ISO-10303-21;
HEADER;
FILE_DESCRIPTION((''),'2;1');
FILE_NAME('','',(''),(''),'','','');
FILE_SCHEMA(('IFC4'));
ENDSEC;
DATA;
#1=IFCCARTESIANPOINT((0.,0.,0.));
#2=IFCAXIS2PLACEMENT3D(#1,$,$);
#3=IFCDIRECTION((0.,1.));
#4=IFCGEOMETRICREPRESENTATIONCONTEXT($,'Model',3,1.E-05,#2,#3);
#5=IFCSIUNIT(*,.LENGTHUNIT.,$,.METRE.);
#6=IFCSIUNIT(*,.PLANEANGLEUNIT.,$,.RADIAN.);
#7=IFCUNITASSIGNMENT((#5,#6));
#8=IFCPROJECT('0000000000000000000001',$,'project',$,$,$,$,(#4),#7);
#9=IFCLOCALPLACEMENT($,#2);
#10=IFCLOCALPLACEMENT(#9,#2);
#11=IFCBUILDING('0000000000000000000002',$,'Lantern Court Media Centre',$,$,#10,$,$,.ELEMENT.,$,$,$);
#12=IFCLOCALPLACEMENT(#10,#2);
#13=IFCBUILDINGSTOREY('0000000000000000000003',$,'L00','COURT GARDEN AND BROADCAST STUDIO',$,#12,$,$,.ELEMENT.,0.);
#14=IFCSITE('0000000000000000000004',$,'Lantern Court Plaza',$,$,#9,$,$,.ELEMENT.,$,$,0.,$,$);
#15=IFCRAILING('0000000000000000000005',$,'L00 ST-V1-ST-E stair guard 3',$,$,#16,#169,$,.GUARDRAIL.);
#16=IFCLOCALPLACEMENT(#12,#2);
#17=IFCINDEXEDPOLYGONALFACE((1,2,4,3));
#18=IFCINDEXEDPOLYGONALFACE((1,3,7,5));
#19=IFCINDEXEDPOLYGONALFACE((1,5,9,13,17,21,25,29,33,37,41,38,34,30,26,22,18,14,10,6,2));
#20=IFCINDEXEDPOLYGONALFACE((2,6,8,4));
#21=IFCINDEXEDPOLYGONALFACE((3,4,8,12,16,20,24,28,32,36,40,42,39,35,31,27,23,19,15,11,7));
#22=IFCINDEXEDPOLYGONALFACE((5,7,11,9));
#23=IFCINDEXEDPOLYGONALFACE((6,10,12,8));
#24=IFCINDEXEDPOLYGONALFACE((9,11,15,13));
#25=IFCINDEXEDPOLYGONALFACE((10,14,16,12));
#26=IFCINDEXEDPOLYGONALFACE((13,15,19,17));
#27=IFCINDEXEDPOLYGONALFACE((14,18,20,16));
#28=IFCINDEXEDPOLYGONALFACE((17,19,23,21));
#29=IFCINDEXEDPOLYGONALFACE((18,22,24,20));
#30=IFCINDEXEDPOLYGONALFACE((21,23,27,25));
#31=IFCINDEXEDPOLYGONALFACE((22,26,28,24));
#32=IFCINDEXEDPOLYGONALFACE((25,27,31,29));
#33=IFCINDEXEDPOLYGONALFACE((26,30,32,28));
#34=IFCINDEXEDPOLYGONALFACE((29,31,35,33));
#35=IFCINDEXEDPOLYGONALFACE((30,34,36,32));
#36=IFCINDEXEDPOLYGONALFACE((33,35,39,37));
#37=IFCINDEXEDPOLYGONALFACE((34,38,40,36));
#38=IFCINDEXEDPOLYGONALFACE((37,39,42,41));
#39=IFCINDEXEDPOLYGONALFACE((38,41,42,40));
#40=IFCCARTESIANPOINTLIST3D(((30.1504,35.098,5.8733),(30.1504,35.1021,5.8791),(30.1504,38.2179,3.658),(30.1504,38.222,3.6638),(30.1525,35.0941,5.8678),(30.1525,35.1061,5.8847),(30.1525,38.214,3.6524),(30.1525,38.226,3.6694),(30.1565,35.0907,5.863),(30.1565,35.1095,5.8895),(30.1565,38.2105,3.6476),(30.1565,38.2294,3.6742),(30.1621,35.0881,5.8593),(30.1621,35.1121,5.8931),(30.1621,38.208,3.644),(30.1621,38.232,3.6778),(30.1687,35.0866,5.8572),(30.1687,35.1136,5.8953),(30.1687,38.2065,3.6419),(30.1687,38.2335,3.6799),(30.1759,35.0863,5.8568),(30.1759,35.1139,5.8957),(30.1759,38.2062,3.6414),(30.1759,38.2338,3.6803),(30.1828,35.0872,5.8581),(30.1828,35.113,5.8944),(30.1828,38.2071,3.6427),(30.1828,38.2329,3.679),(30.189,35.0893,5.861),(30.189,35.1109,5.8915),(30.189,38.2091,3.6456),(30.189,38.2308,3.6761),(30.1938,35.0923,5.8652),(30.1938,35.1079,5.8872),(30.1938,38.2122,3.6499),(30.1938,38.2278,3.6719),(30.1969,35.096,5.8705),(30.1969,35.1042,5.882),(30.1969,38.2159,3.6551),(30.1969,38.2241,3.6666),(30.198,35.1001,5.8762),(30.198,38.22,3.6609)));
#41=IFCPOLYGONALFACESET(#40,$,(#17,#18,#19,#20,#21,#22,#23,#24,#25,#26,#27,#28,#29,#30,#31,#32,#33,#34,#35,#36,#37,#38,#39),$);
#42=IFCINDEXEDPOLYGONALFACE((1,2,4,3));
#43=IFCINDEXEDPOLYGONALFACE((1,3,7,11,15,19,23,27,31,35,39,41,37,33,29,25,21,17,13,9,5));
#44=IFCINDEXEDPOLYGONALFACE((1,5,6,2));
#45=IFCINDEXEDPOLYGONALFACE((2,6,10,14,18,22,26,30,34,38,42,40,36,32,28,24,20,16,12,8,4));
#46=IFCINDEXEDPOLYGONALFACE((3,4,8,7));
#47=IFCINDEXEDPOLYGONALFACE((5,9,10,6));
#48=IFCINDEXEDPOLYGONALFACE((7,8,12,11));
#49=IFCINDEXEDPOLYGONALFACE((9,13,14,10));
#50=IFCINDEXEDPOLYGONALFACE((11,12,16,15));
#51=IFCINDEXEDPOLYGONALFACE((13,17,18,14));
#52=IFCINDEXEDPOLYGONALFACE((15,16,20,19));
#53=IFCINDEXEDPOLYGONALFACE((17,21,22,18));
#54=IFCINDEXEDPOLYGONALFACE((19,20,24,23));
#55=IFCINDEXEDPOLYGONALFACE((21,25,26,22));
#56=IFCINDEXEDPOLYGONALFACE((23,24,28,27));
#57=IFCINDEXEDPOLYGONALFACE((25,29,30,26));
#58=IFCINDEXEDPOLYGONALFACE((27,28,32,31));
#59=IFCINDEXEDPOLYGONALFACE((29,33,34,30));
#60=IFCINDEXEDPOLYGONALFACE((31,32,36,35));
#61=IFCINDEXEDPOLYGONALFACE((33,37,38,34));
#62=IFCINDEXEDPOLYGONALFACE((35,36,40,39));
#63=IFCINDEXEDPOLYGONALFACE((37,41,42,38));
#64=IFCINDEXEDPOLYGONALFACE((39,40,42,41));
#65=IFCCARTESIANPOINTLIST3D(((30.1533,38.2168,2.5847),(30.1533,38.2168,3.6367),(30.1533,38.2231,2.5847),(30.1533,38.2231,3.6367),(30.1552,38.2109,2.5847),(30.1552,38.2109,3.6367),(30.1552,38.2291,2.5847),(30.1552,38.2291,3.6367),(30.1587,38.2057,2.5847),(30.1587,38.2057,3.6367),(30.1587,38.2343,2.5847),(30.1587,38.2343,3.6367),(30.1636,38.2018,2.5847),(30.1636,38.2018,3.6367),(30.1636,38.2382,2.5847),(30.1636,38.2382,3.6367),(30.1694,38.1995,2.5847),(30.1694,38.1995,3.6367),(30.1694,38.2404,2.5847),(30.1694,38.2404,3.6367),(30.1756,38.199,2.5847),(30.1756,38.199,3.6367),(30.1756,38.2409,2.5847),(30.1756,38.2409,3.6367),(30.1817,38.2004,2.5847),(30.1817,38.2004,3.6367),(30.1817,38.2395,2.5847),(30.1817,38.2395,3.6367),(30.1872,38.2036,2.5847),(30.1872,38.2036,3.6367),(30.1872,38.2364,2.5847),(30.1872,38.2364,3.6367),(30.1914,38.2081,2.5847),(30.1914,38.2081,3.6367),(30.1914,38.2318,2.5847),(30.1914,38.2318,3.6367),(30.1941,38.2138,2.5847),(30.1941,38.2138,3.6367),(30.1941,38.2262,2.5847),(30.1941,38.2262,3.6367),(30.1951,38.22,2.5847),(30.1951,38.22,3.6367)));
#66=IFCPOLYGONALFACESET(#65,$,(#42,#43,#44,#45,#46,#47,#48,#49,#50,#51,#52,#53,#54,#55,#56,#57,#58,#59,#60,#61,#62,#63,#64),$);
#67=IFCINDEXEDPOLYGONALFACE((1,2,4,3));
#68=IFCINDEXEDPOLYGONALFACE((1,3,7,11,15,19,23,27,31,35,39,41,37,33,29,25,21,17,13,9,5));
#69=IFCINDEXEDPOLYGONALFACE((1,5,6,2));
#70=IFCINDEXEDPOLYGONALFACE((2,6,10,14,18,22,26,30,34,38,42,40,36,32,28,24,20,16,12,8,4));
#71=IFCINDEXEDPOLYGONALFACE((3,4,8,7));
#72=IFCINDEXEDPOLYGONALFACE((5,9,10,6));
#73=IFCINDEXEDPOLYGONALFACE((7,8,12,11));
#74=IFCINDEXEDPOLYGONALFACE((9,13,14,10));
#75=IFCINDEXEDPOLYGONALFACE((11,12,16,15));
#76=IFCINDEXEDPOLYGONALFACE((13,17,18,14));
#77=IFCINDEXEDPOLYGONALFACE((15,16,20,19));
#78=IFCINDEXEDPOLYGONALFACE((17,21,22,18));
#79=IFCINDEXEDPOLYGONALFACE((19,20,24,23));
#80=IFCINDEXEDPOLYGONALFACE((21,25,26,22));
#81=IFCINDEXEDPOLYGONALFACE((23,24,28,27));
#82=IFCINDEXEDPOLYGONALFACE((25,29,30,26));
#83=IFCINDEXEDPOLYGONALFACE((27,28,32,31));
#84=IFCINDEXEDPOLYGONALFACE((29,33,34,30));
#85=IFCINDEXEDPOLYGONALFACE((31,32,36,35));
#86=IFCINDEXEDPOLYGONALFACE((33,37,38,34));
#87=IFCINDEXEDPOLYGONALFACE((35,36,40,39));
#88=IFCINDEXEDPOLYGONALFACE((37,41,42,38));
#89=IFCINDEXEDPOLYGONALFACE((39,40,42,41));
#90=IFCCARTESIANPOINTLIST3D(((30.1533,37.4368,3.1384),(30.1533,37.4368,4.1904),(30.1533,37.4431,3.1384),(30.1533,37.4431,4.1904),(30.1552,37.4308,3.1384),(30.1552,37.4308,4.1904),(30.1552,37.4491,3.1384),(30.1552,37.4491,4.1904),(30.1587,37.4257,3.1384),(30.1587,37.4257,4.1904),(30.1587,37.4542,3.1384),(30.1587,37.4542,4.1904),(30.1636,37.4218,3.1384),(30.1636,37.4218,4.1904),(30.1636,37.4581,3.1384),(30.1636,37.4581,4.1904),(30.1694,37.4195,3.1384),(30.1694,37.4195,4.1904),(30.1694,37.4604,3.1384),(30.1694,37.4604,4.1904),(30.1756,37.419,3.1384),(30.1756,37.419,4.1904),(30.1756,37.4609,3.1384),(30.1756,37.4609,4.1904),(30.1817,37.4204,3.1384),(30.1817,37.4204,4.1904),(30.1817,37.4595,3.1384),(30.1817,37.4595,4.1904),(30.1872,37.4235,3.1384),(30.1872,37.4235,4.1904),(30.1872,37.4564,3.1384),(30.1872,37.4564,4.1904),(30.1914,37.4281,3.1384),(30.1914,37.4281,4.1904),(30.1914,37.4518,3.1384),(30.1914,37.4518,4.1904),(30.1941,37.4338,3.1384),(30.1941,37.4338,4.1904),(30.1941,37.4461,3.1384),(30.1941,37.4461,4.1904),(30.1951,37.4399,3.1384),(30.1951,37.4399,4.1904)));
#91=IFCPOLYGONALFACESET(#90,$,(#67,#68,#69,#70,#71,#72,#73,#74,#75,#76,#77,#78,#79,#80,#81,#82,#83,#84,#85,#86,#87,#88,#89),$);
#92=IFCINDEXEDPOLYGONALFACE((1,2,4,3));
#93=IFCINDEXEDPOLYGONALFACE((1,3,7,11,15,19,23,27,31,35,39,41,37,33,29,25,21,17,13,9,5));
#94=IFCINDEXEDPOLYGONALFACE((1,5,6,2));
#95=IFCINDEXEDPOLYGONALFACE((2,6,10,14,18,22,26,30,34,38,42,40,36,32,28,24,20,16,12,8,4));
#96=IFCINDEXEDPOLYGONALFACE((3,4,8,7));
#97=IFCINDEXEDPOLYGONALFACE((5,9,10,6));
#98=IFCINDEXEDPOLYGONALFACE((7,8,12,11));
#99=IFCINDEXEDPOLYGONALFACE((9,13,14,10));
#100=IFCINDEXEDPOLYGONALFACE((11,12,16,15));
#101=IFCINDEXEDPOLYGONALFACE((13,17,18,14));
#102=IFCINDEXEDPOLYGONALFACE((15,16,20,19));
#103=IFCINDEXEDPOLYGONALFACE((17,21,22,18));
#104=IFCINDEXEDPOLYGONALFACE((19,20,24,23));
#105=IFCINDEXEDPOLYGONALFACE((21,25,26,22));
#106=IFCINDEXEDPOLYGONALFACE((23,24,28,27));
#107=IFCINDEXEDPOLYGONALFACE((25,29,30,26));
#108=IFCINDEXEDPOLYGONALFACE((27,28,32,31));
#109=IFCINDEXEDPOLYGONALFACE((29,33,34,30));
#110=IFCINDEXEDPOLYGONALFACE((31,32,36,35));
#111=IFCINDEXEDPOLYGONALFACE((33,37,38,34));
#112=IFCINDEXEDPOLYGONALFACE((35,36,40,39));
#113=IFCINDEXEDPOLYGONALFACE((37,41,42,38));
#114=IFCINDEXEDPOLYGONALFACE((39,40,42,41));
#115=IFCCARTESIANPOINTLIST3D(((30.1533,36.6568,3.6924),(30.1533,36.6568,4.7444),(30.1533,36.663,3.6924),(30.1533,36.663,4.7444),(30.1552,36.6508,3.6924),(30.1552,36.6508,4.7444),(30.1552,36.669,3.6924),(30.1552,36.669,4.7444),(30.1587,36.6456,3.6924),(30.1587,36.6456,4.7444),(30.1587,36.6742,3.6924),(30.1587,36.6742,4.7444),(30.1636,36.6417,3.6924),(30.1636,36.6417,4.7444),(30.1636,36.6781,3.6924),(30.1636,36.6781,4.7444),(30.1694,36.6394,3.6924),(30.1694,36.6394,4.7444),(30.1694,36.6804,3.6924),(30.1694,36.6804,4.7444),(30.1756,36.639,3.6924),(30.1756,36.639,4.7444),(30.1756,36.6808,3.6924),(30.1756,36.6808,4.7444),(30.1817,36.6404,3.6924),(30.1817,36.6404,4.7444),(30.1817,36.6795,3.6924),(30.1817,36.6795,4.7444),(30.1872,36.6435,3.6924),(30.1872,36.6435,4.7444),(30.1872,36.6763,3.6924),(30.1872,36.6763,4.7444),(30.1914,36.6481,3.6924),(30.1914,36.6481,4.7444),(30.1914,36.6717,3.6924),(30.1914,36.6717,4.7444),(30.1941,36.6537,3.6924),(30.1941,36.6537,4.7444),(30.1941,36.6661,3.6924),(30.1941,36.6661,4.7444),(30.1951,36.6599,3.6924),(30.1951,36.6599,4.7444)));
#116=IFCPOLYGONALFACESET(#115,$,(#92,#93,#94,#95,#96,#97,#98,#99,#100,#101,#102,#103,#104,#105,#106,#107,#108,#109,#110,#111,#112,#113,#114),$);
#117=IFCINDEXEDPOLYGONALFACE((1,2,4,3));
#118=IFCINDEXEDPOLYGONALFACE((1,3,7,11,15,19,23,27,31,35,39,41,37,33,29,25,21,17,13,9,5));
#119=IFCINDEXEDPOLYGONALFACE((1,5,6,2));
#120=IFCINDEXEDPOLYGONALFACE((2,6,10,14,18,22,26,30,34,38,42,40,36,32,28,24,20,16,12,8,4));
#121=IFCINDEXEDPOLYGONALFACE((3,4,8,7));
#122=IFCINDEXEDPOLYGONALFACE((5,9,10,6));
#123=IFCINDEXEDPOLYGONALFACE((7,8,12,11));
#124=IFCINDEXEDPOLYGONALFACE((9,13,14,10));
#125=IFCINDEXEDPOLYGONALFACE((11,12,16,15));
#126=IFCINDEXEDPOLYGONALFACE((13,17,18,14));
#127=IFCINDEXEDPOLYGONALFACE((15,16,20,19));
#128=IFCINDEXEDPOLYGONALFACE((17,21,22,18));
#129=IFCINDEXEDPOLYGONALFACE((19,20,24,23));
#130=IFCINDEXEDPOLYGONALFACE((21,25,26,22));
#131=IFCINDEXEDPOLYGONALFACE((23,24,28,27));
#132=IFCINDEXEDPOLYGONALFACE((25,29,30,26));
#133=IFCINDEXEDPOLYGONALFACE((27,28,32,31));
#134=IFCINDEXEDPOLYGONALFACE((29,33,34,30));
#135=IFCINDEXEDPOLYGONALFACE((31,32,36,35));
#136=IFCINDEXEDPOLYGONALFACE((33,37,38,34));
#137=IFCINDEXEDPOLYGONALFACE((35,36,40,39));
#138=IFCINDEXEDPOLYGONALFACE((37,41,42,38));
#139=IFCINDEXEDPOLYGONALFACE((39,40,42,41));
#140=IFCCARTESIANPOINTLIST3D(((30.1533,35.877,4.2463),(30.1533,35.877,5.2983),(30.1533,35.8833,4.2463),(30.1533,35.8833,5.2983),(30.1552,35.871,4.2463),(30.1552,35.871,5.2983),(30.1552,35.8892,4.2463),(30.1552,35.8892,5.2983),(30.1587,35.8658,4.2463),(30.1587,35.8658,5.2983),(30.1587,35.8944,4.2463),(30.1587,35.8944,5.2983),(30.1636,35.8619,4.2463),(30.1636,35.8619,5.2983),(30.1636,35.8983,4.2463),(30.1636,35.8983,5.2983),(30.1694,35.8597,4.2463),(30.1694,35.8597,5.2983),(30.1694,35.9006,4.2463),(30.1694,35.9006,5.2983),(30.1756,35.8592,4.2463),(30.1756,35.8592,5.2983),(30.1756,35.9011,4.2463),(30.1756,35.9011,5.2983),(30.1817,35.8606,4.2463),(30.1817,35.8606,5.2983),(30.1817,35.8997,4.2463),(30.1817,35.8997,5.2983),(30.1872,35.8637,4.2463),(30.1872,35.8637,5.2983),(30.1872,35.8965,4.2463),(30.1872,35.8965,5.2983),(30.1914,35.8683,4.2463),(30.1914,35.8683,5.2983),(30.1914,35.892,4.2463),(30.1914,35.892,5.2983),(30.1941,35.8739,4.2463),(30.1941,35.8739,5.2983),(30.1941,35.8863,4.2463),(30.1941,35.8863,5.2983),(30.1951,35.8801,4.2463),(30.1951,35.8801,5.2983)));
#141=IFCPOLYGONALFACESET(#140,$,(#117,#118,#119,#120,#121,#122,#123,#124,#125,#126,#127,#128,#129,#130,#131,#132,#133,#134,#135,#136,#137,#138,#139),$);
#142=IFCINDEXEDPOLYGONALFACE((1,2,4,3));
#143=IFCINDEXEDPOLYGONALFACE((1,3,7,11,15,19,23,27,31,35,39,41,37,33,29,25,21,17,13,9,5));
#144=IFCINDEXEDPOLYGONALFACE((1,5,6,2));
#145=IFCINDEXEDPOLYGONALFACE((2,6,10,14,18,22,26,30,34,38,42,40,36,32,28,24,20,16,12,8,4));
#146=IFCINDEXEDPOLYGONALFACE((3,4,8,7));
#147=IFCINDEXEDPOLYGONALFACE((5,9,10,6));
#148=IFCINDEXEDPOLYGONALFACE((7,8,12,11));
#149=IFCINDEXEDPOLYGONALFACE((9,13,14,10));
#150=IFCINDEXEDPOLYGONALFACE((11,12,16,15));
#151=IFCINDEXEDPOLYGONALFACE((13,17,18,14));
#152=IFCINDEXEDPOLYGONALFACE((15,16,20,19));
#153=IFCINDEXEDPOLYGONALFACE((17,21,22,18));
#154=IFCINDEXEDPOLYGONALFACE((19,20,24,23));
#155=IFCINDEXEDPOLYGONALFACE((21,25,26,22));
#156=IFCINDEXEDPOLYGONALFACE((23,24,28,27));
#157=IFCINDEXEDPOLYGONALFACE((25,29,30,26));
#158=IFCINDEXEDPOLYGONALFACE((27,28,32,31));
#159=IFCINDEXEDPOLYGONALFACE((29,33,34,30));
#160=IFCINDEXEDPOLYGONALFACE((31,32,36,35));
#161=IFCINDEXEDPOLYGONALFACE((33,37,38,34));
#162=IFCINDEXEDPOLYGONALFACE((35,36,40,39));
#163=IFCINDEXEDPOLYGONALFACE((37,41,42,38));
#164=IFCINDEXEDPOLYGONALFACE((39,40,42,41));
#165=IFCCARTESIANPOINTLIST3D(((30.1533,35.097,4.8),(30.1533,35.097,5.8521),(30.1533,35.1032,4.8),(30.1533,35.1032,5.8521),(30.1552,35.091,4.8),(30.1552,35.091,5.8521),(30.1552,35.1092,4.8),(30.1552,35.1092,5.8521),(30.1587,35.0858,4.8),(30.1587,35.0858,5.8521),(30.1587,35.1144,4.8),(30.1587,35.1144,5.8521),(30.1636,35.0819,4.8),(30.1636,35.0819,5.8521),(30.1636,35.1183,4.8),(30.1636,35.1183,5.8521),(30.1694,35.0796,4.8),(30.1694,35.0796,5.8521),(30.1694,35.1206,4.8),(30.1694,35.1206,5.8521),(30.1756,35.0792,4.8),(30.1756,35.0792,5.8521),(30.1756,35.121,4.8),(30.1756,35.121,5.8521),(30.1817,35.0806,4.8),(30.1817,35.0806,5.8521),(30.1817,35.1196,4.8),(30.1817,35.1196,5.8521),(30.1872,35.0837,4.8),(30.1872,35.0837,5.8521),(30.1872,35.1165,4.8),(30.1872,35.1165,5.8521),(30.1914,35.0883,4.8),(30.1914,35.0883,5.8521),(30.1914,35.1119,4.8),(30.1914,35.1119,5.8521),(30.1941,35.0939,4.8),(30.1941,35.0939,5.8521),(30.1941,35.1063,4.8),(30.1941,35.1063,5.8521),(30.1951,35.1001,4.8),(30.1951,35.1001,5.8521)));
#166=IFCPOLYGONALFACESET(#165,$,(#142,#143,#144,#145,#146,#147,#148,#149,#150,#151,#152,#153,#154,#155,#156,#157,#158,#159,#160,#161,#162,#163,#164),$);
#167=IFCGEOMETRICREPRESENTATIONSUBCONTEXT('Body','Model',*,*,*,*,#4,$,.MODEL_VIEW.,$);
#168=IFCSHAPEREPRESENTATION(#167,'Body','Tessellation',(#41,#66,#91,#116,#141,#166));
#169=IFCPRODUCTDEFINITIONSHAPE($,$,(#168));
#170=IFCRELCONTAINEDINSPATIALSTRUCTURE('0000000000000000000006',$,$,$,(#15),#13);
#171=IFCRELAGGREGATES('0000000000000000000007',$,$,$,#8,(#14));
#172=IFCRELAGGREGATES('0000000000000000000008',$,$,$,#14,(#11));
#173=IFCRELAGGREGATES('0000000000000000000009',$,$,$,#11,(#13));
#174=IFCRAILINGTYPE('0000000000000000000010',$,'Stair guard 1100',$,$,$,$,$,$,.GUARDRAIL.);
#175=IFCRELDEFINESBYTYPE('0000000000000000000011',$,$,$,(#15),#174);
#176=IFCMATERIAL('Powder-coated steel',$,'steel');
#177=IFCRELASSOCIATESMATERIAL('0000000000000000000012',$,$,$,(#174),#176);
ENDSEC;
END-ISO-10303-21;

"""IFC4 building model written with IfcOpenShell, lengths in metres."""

from ifc_helpers import new_model, si_unit, direction, frame, origin, origin_2d, place, context, subcontext, project, spatial, circle, extrude, material, type_object, element, save


model = new_model("IFC4")

# Units and contexts
model_context = context("Model", 3, precision=1e-05, world=origin(), true_north=direction((0.0, 1.0)))
body_context = subcontext(model_context, "Body", "Model", "MODEL_VIEW")
ifc_project = project(units=[si_unit("LENGTHUNIT", "METRE"), si_unit("PLANEANGLEUNIT", "RADIAN")], contexts=[model_context])

# Site, building, storey
site_placement = place(None, origin())
site = spatial("IfcSite", under=ifc_project, at=site_placement, Name="Lantern Court Plaza", CompositionType="ELEMENT", RefElevation=0.0)
building_placement = place(site_placement, origin())
building = spatial("IfcBuilding", under=site, at=building_placement, Name="Lantern Court Media Centre", CompositionType="ELEMENT")
storey_placement = place(building_placement, origin())
storey = spatial("IfcBuildingStorey", under=building, at=storey_placement, Name="L00", Description="COURT GARDEN AND BROADCAST STUDIO", CompositionType="ELEMENT", Elevation=0.0)

# Railing
ifc_material_1 = material(Name="Powder-coated steel", Category="steel")
railing_type_1 = type_object("IfcRailingType", Name="Stair guard 1100", PredefinedType="GUARDRAIL", material=ifc_material_1)
railing_1_placement = place(storey_placement, frame((30.1741, 38.22, 2.5847)))
element("IfcRailing", 1, at=railing_1_placement, inside=storey, type_object=railing_type_1, Name="L00 ST-V1-ST-E stair guard 3", PredefinedType="GUARDRAIL", context=body_context, shape_type="SweptSolid", body=[
    extrude(circle(Radius=0.0239, at=origin_2d()), frame((0.0, 0.0, 1.0762), z_axis=(0.0, -0.815356, 0.578961), x_axis=(1.0, 0.0, 0.0)), (0.0, 0.0, 1.0), 3.8264),
    extrude(circle(Radius=0.021, at=origin_2d()), origin(), (0.0, 0.0, 1.0), 1.052),
    extrude(circle(Radius=0.021, at=origin_2d()), frame((0.0, -0.78, 0.5537)), (0.0, 0.0, 1.0), 1.052),
    extrude(circle(Radius=0.021, at=origin_2d()), frame((0.0, -1.5601, 1.1077)), (0.0, 0.0, 1.0), 1.052),
    extrude(circle(Radius=0.021, at=origin_2d()), frame((0.0, -2.3398, 1.6616)), (0.0, 0.0, 1.0), 1.052),
    extrude(circle(Radius=0.021, at=origin_2d()), frame((0.0, -3.1199, 2.2153)), (0.0, 0.0, 1.0), 1.052),
])

save(model, "model.ifc")
